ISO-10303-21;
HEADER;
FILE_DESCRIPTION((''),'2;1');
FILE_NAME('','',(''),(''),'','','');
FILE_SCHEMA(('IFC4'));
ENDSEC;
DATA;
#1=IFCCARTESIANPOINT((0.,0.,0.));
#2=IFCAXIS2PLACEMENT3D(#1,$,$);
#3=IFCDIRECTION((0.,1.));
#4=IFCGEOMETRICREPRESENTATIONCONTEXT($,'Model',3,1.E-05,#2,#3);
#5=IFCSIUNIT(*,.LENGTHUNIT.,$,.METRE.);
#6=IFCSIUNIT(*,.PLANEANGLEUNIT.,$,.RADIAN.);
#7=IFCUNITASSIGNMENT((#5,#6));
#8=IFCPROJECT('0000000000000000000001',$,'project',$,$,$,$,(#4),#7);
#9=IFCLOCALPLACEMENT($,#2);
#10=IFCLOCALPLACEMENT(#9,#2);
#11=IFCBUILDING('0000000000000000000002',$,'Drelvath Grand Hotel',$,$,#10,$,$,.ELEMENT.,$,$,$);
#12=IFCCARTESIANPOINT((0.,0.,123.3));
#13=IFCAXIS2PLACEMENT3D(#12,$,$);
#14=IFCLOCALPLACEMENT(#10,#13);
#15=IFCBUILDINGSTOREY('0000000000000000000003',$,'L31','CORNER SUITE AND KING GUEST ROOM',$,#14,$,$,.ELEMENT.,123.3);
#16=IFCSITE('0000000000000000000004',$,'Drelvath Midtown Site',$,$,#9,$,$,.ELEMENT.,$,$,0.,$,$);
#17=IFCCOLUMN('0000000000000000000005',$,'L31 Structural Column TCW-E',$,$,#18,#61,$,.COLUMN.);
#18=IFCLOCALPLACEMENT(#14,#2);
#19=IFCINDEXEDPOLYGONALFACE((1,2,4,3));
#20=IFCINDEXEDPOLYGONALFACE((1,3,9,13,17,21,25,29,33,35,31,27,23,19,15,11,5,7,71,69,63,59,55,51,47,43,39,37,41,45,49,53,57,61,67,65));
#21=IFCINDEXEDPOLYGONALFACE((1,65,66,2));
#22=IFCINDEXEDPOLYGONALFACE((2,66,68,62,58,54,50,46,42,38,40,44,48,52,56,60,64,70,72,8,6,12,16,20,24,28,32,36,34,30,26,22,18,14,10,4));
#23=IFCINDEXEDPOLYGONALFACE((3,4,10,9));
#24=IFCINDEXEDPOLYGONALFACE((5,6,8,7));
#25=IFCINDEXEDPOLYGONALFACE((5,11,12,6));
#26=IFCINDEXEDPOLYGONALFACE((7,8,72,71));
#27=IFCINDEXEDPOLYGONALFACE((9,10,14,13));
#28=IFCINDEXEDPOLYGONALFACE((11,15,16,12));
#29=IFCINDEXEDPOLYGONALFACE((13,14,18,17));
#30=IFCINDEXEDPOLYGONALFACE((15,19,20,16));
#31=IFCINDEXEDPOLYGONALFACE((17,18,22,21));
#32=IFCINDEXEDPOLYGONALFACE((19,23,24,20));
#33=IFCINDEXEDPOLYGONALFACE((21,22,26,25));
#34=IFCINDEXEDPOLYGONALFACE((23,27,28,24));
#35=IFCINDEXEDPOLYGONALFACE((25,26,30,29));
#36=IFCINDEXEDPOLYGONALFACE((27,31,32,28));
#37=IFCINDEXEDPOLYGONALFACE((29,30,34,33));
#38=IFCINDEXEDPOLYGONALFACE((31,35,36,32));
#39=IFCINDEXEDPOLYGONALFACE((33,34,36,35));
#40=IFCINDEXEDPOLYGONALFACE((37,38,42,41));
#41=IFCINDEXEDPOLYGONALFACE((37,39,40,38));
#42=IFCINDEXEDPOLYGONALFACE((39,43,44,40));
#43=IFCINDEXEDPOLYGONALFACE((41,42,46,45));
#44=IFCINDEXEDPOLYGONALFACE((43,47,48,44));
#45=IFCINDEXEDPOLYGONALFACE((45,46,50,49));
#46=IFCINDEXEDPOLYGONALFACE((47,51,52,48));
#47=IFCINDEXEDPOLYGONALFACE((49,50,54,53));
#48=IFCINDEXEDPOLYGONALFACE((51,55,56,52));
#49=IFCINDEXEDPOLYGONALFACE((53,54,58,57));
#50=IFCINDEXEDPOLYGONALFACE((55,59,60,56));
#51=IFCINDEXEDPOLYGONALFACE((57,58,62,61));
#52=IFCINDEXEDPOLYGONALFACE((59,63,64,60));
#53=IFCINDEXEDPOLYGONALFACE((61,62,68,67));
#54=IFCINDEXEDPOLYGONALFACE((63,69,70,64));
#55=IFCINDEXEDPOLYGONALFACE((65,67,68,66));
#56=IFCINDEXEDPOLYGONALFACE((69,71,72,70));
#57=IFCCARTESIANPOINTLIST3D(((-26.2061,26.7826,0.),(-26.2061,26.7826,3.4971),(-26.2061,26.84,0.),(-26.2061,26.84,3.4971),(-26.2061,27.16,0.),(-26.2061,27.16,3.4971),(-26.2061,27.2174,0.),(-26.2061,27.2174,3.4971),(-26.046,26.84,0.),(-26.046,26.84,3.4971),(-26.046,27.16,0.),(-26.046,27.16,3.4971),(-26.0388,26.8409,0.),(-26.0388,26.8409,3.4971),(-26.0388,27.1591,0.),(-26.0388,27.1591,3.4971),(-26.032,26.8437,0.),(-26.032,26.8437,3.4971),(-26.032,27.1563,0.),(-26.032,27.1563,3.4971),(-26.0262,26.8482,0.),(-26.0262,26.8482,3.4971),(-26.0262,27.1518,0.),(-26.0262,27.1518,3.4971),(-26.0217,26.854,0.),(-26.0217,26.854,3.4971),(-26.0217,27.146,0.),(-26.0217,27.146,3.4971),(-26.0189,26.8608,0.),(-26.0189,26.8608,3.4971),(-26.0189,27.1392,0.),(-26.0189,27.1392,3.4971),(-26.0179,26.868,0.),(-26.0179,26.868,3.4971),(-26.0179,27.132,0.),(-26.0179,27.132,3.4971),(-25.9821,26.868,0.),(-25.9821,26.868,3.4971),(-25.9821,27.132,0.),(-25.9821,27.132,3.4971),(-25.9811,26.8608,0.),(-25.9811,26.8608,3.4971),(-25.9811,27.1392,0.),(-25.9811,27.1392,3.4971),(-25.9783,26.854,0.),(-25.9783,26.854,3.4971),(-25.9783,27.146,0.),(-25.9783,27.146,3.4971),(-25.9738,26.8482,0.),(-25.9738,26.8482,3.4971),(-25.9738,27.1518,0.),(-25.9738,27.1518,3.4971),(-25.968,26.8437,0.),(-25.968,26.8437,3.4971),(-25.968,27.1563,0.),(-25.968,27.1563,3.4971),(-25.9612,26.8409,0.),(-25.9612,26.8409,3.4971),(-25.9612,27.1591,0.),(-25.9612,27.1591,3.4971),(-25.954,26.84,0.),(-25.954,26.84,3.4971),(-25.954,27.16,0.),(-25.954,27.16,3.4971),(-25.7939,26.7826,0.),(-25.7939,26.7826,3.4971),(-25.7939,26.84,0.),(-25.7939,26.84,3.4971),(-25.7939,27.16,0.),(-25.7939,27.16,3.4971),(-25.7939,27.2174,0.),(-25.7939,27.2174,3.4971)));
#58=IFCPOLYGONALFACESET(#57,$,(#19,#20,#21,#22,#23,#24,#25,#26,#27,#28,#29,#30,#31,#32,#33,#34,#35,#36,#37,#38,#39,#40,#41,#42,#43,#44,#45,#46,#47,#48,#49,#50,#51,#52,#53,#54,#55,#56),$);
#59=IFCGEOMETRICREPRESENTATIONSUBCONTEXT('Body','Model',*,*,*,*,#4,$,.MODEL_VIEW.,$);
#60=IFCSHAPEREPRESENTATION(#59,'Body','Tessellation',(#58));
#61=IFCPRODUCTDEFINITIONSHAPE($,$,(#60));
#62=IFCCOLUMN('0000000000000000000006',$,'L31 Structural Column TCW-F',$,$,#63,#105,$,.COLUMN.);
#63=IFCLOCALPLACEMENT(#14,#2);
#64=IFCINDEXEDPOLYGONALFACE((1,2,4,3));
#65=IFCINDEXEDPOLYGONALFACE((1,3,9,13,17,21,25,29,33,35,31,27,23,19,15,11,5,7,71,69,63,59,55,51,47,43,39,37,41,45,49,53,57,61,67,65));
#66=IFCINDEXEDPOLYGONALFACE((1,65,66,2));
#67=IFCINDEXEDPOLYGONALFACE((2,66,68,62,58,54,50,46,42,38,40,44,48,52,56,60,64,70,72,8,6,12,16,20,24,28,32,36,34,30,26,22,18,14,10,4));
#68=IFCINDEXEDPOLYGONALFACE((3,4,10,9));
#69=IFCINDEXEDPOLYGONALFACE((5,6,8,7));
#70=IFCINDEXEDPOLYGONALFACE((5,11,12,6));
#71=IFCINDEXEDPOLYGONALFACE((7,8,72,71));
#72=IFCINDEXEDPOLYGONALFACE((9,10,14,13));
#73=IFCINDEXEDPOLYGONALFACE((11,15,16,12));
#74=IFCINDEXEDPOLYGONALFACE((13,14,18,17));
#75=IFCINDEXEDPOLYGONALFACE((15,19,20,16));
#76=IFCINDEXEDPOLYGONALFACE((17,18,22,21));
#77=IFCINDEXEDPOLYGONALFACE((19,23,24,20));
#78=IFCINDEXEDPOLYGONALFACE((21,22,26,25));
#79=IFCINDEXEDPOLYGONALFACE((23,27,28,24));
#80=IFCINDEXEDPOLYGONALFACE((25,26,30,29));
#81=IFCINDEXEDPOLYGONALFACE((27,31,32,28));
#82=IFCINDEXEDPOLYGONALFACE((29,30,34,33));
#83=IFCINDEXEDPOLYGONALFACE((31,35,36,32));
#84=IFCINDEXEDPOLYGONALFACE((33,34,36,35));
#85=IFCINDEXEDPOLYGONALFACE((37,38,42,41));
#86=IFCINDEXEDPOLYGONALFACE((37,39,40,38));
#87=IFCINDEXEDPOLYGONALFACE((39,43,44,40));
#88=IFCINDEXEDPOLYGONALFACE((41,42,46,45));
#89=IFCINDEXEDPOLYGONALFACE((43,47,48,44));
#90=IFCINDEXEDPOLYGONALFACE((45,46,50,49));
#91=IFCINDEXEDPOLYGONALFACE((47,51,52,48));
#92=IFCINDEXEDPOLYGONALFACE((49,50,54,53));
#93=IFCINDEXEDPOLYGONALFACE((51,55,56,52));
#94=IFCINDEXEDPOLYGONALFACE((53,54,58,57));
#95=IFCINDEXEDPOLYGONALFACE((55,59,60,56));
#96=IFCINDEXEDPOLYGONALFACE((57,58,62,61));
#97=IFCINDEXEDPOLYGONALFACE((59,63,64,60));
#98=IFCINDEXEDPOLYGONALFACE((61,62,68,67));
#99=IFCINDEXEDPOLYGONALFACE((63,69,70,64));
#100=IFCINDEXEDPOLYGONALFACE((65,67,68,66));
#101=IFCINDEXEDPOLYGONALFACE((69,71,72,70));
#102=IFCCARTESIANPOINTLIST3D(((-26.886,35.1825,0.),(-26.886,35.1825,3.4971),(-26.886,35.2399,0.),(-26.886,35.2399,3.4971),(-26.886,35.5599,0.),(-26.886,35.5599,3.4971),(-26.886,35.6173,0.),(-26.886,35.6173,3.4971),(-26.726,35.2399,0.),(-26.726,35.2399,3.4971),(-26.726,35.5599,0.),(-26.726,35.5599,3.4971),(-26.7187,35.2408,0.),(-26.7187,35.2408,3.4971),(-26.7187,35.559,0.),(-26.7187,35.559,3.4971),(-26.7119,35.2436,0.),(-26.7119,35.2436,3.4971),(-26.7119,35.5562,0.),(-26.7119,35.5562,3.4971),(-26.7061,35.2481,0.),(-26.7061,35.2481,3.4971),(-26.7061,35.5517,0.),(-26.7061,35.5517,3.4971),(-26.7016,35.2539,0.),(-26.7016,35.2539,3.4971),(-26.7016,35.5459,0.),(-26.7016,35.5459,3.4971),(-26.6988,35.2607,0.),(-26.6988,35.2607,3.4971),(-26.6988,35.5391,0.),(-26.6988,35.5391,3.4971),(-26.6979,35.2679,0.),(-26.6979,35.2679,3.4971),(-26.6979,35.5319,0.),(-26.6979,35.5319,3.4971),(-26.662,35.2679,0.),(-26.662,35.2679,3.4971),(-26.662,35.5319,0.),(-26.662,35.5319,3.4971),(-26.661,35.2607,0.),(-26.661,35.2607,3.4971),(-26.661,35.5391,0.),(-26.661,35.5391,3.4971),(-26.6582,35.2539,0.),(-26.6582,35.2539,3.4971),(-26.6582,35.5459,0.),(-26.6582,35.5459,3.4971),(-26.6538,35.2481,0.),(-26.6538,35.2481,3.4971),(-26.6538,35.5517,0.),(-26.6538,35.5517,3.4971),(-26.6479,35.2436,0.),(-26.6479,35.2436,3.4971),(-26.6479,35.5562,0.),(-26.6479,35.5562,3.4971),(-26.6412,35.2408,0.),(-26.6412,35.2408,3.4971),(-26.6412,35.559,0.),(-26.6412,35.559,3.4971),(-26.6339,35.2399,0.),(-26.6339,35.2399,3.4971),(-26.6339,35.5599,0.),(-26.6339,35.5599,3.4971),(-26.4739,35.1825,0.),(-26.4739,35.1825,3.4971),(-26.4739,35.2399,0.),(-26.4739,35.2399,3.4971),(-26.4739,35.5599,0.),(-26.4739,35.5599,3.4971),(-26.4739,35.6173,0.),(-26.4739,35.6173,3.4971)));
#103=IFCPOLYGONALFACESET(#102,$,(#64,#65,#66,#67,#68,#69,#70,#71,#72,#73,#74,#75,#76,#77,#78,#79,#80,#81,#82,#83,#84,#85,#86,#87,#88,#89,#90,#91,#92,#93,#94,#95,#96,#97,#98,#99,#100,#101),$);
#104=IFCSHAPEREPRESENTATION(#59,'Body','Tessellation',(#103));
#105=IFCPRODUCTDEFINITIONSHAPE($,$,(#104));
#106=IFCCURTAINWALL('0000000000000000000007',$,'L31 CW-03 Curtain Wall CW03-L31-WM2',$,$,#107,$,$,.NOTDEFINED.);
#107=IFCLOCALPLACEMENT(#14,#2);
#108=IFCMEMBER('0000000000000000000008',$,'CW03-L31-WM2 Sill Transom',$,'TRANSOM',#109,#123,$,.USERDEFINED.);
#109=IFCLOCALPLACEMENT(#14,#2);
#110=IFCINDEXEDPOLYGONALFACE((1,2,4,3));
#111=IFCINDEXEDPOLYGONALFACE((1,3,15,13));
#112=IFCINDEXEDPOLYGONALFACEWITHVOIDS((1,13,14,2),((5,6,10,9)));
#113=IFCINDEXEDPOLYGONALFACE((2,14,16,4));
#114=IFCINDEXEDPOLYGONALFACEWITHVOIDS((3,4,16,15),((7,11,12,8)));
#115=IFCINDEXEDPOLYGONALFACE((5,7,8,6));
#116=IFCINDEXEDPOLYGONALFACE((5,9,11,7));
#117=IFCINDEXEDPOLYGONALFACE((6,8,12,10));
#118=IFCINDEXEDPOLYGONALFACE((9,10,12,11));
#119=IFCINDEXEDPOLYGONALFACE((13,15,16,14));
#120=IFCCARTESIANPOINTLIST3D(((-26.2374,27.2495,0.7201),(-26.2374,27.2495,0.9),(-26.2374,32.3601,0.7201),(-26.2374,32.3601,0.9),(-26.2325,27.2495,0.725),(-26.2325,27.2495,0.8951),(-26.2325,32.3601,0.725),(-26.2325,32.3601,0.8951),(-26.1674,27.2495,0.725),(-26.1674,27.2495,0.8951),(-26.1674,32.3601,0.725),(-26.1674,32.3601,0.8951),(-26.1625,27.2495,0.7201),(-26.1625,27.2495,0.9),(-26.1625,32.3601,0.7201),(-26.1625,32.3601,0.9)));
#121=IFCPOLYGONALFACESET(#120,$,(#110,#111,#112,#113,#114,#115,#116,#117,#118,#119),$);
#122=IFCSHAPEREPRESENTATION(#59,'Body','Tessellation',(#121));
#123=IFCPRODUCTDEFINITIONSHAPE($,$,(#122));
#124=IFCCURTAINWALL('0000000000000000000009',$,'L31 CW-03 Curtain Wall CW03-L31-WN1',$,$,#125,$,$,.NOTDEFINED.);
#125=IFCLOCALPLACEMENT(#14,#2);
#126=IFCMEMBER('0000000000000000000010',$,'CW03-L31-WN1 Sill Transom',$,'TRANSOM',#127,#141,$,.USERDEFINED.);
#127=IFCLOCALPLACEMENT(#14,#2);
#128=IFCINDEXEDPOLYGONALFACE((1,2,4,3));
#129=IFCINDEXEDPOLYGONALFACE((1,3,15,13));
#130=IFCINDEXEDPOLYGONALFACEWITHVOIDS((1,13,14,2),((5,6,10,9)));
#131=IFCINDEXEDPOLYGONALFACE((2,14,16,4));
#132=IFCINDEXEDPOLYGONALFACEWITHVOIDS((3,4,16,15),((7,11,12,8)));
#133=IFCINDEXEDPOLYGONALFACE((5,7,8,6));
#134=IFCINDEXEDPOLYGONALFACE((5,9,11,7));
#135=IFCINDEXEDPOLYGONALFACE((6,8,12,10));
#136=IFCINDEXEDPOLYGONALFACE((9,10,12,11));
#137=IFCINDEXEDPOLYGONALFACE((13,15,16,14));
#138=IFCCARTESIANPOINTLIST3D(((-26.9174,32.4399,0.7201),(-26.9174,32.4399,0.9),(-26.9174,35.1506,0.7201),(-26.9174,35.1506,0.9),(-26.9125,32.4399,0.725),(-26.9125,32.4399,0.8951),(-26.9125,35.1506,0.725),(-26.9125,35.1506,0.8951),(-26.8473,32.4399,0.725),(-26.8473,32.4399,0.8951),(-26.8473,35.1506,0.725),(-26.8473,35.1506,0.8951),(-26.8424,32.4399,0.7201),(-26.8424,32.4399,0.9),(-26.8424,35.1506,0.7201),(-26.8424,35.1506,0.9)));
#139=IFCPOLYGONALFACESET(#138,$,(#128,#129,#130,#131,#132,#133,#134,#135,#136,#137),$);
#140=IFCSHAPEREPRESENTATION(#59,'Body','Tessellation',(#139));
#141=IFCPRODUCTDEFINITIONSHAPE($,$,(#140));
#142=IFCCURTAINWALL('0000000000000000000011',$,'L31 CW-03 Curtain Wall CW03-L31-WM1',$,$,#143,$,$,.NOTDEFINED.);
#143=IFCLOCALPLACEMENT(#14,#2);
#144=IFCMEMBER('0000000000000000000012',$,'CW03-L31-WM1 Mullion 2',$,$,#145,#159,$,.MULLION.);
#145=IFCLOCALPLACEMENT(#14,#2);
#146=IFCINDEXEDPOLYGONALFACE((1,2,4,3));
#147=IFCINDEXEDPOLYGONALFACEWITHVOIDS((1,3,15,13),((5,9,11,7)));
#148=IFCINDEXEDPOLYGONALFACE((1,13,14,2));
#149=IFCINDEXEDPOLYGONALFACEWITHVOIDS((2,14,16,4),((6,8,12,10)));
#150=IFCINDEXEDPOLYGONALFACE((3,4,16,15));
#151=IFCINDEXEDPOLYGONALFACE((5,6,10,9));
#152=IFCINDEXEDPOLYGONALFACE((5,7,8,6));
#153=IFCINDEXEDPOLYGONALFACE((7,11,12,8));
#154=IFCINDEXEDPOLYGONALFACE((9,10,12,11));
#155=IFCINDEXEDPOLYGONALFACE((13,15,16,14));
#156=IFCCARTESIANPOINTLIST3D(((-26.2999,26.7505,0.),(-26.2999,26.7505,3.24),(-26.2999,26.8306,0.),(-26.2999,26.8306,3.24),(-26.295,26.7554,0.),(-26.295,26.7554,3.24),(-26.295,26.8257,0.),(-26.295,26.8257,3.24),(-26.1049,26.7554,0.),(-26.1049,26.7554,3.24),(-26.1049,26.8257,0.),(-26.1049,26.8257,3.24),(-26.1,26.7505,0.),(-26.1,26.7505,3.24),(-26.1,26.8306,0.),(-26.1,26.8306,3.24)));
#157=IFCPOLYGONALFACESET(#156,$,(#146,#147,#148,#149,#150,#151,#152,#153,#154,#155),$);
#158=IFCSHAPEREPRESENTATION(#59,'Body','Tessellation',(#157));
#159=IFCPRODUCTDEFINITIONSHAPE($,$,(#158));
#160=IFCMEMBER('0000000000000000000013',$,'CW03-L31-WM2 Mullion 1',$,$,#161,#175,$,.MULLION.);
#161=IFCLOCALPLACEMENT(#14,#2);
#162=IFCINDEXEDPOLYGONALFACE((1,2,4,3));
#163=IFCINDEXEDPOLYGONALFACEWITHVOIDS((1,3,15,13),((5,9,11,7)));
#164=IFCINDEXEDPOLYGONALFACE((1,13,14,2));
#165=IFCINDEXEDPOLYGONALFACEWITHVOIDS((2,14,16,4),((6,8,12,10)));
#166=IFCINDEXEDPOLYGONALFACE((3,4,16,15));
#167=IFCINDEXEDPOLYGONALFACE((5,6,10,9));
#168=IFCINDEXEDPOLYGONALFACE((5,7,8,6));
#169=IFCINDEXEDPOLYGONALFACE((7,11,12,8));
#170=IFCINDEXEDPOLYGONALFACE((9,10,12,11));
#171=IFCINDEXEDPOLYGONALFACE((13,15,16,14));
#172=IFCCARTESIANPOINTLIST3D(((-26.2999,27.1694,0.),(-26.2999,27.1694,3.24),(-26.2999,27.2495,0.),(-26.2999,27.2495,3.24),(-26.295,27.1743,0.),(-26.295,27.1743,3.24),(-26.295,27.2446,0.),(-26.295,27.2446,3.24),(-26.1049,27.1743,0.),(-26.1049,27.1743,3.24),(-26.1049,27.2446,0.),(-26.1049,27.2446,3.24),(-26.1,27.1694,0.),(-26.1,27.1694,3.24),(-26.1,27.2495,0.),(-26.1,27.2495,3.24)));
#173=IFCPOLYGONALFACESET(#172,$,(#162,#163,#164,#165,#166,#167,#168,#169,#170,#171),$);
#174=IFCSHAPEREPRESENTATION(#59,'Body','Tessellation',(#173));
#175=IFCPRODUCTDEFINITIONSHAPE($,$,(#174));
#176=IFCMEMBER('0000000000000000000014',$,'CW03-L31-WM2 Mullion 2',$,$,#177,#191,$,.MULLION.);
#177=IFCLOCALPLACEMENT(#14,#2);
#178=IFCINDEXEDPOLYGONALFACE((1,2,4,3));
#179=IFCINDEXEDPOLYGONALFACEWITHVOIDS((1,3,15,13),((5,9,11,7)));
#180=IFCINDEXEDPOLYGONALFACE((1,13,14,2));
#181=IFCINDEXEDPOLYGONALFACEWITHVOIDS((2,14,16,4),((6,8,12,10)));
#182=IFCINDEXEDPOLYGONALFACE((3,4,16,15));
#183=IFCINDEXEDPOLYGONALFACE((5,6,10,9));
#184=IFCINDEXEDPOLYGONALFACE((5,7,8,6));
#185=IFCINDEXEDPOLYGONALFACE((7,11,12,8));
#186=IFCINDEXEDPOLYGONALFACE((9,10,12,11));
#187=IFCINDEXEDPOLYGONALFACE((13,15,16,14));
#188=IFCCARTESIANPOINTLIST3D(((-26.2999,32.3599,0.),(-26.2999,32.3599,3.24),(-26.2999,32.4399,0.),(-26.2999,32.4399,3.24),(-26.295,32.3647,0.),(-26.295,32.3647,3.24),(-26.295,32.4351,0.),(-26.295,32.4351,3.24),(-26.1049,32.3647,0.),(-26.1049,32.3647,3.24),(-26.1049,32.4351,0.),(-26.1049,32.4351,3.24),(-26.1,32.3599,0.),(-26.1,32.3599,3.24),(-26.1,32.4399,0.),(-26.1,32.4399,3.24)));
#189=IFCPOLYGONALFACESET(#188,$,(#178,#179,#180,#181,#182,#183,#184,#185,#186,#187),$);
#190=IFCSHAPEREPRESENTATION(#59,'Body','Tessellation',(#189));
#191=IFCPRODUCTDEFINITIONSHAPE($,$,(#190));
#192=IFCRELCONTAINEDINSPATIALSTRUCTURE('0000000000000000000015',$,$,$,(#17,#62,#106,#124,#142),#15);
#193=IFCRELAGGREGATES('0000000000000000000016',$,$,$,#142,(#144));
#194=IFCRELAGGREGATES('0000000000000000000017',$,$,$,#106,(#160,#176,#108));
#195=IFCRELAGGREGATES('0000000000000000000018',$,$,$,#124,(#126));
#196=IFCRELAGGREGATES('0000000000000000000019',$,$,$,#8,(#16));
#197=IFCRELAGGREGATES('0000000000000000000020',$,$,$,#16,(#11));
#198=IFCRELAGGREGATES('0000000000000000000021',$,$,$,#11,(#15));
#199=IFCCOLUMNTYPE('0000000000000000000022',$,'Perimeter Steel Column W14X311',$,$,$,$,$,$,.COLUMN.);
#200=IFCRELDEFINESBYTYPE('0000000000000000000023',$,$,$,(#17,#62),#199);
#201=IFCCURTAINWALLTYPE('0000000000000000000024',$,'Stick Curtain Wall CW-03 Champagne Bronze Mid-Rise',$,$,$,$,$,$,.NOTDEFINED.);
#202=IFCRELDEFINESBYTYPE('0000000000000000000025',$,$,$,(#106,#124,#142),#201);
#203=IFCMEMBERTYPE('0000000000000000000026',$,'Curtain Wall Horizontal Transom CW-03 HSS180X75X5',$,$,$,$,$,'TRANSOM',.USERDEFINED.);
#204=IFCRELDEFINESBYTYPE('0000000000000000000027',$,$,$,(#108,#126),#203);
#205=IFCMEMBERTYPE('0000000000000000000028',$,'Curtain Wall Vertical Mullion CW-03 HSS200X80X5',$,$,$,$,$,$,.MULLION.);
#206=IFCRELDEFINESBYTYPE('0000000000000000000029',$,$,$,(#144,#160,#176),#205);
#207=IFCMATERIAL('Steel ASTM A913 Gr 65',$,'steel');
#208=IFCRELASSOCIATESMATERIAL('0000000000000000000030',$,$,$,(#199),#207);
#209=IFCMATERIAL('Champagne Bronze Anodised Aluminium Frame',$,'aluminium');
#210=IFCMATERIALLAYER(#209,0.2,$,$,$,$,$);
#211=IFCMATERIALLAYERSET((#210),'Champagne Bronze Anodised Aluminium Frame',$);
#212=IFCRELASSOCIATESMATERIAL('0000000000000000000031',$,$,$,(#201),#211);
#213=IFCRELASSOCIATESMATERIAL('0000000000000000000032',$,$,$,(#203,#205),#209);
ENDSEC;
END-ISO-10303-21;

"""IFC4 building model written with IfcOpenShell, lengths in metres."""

from ifc_helpers import new_model, si_unit, direction, frame, origin, origin_2d, place, context, subcontext, project, spatial, hollow_rectangle, i_section, extrude, material, layer, layer_set, material_profile, profile_set, type_object, element, aggregate, save


model = new_model("IFC4")

# Units and contexts
model_context = context("Model", 3, precision=1e-05, world=origin(), true_north=direction((0.0, 1.0)))
body_context = subcontext(model_context, "Body", "Model", "MODEL_VIEW")
ifc_project = project(units=[si_unit("LENGTHUNIT", "METRE"), si_unit("PLANEANGLEUNIT", "RADIAN")], contexts=[model_context])

# Site, building, storey
site_placement = place(None, origin())
site = spatial("IfcSite", under=ifc_project, at=site_placement, Name="Drelvath Midtown Site", CompositionType="ELEMENT", RefElevation=0.0)
building_placement = place(site_placement, origin())
building = spatial("IfcBuilding", under=site, at=building_placement, Name="Drelvath Grand Hotel", CompositionType="ELEMENT")
storey_placement = place(building_placement, frame((0.0, 0.0, 123.3)))
storey = spatial("IfcBuildingStorey", under=building, at=storey_placement, Name="L31", Description="CORNER SUITE AND KING GUEST ROOM", CompositionType="ELEMENT", Elevation=123.3)

# Columns
ifc_material_1 = material(Name="Steel ASTM A913 Gr 65", Category="steel")
ifc_material_profile_1 = material_profile(ifc_material_1, i_section(OverallWidth=0.4121, OverallDepth=0.4348, WebThickness=0.0359, FlangeThickness=0.0574, FilletRadius=0.0281, at=origin_2d()), Name="W14X311")
ifc_profile_set_1 = profile_set([ifc_material_profile_1], Name="Steel ASTM A913 Gr 65")
column_type = type_object("IfcColumnType", Name="Perimeter Steel Column W14X311", PredefinedType="COLUMN", material=ifc_profile_set_1)
for number, where, z_axis, x_axis, name in (
    (1, (-26.0, 27.0, 0.0), (0.0, 0.0, 1.0), (1.0, 0.0, 0.0), "L31 Structural Column TCW-E"),
    (2, (-26.6799, 35.3999, 0.0), (0.0, 0.0, 1.0), (1.0, 0.0, 0.0), "L31 Structural Column TCW-F"),
):
    element("IfcColumn", number, at=place(storey_placement, frame(where, z_axis=z_axis, x_axis=x_axis)), inside=storey, type_object=column_type, Name=name, PredefinedType="COLUMN", context=body_context, shape_type="SweptSolid", body=[
        extrude(i_section(OverallWidth=0.4121, OverallDepth=0.4348, WebThickness=0.0359, FlangeThickness=0.0574, FilletRadius=0.0281, at=origin_2d()), origin(), (0.0, 0.0, 1.0), 3.4971),
    ])

# Curtain walls, members
ifc_material_2 = material(Name="Champagne Bronze Anodised Aluminium Frame", Category="aluminium")
ifc_layer_1 = layer(ifc_material_2, 0.2)
ifc_layer_set_1 = layer_set([ifc_layer_1], Name="Champagne Bronze Anodised Aluminium Frame")
curtain_wall_type = type_object("IfcCurtainWallType", Name="Stick Curtain Wall CW-03 Champagne Bronze Mid-Rise", PredefinedType="NOTDEFINED", material=ifc_layer_set_1)
curtain_wall_1_placement = place(storey_placement, origin())
curtain_wall_1 = element("IfcCurtainWall", 3, at=curtain_wall_1_placement, inside=storey, type_object=curtain_wall_type, Name="L31 CW-03 Curtain Wall CW03-L31-WM2", PredefinedType="NOTDEFINED")
ifc_material_profile_2 = material_profile(ifc_material_2, hollow_rectangle(XDim=0.075, YDim=0.1799, WallThickness=0.0049, at=origin_2d()), Name="HSS180X75X5")
ifc_profile_set_2 = profile_set([ifc_material_profile_2], Name="Champagne Bronze Anodised Aluminium Frame")
member_type_1 = type_object("IfcMemberType", Name="Curtain Wall Horizontal Transom CW-03 HSS180X75X5", ElementType="TRANSOM", PredefinedType="USERDEFINED", material=ifc_profile_set_2)
member_1_placement = place(storey_placement, frame((-26.2, 27.2495, 0.8101), z_axis=(0.0, 1.0, 0.0), x_axis=(-1.0, 0.0, 0.0)))
member_1 = element("IfcMember", 4, at=member_1_placement, type_object=member_type_1, Name="CW03-L31-WM2 Sill Transom", ObjectType="TRANSOM", PredefinedType="USERDEFINED", context=body_context, shape_type="SweptSolid", body=[
    extrude(hollow_rectangle(XDim=0.075, YDim=0.1799, WallThickness=0.0049, at=origin_2d()), origin(), (0.0, 0.0, 1.0), 5.1106),
])
curtain_wall_2_placement = place(storey_placement, origin())
curtain_wall_2 = element("IfcCurtainWall", 5, at=curtain_wall_2_placement, inside=storey, type_object=curtain_wall_type, Name="L31 CW-03 Curtain Wall CW03-L31-WN1", PredefinedType="NOTDEFINED")
member_2_placement = place(storey_placement, frame((-26.8799, 32.4399, 0.8101), z_axis=(0.0, 1.0, 0.0), x_axis=(-1.0, 0.0, 0.0)))
member_2 = element("IfcMember", 6, at=member_2_placement, type_object=member_type_1, Name="CW03-L31-WN1 Sill Transom", ObjectType="TRANSOM", PredefinedType="USERDEFINED", context=body_context, shape_type="SweptSolid", body=[
    extrude(hollow_rectangle(XDim=0.075, YDim=0.1799, WallThickness=0.0049, at=origin_2d()), origin(), (0.0, 0.0, 1.0), 2.7107),
])
curtain_wall_3_placement = place(storey_placement, origin())
curtain_wall_3 = element("IfcCurtainWall", 7, at=curtain_wall_3_placement, inside=storey, type_object=curtain_wall_type, Name="L31 CW-03 Curtain Wall CW03-L31-WM1", PredefinedType="NOTDEFINED")
ifc_material_profile_3 = material_profile(ifc_material_2, hollow_rectangle(XDim=0.0801, YDim=0.2, WallThickness=0.0049, at=origin_2d()), Name="HSS200X80X5")
ifc_profile_set_3 = profile_set([ifc_material_profile_3], Name="Champagne Bronze Anodised Aluminium Frame")
member_type_2 = type_object("IfcMemberType", Name="Curtain Wall Vertical Mullion CW-03 HSS200X80X5", PredefinedType="MULLION", material=ifc_profile_set_3)
member_3_placement = place(storey_placement, frame((-26.2, 26.7905, 0.0), z_axis=(0.0, 0.0, 1.0), x_axis=(0.0, 1.0, 0.0)))
member_3 = element("IfcMember", 8, at=member_3_placement, type_object=member_type_2, Name="CW03-L31-WM1 Mullion 2", PredefinedType="MULLION", context=body_context, shape_type="SweptSolid", body=[
    extrude(hollow_rectangle(XDim=0.0801, YDim=0.2, WallThickness=0.0049, at=origin_2d()), origin(), (0.0, 0.0, 1.0), 3.24),
])
aggregate(curtain_wall_3, [member_3])

# Members
member_4_placement = place(storey_placement, frame((-26.2, 27.2095, 0.0), z_axis=(0.0, 0.0, 1.0), x_axis=(0.0, 1.0, 0.0)))
member_4 = element("IfcMember", 9, at=member_4_placement, type_object=member_type_2, Name="CW03-L31-WM2 Mullion 1", PredefinedType="MULLION", context=body_context, shape_type="SweptSolid", body=[
    extrude(hollow_rectangle(XDim=0.0801, YDim=0.2, WallThickness=0.0049, at=origin_2d()), origin(), (0.0, 0.0, 1.0), 3.24),
])
member_5_placement = place(storey_placement, frame((-26.2, 32.3999, 0.0), z_axis=(0.0, 0.0, 1.0), x_axis=(0.0, 1.0, 0.0)))
member_5 = element("IfcMember", 10, at=member_5_placement, type_object=member_type_2, Name="CW03-L31-WM2 Mullion 2", PredefinedType="MULLION", context=body_context, shape_type="SweptSolid", body=[
    extrude(hollow_rectangle(XDim=0.0801, YDim=0.2, WallThickness=0.0049, at=origin_2d()), origin(), (0.0, 0.0, 1.0), 3.24),
])

aggregate(curtain_wall_1, [member_4, member_5, member_1])
aggregate(curtain_wall_2, [member_2])

save(model, "model.ifc")
